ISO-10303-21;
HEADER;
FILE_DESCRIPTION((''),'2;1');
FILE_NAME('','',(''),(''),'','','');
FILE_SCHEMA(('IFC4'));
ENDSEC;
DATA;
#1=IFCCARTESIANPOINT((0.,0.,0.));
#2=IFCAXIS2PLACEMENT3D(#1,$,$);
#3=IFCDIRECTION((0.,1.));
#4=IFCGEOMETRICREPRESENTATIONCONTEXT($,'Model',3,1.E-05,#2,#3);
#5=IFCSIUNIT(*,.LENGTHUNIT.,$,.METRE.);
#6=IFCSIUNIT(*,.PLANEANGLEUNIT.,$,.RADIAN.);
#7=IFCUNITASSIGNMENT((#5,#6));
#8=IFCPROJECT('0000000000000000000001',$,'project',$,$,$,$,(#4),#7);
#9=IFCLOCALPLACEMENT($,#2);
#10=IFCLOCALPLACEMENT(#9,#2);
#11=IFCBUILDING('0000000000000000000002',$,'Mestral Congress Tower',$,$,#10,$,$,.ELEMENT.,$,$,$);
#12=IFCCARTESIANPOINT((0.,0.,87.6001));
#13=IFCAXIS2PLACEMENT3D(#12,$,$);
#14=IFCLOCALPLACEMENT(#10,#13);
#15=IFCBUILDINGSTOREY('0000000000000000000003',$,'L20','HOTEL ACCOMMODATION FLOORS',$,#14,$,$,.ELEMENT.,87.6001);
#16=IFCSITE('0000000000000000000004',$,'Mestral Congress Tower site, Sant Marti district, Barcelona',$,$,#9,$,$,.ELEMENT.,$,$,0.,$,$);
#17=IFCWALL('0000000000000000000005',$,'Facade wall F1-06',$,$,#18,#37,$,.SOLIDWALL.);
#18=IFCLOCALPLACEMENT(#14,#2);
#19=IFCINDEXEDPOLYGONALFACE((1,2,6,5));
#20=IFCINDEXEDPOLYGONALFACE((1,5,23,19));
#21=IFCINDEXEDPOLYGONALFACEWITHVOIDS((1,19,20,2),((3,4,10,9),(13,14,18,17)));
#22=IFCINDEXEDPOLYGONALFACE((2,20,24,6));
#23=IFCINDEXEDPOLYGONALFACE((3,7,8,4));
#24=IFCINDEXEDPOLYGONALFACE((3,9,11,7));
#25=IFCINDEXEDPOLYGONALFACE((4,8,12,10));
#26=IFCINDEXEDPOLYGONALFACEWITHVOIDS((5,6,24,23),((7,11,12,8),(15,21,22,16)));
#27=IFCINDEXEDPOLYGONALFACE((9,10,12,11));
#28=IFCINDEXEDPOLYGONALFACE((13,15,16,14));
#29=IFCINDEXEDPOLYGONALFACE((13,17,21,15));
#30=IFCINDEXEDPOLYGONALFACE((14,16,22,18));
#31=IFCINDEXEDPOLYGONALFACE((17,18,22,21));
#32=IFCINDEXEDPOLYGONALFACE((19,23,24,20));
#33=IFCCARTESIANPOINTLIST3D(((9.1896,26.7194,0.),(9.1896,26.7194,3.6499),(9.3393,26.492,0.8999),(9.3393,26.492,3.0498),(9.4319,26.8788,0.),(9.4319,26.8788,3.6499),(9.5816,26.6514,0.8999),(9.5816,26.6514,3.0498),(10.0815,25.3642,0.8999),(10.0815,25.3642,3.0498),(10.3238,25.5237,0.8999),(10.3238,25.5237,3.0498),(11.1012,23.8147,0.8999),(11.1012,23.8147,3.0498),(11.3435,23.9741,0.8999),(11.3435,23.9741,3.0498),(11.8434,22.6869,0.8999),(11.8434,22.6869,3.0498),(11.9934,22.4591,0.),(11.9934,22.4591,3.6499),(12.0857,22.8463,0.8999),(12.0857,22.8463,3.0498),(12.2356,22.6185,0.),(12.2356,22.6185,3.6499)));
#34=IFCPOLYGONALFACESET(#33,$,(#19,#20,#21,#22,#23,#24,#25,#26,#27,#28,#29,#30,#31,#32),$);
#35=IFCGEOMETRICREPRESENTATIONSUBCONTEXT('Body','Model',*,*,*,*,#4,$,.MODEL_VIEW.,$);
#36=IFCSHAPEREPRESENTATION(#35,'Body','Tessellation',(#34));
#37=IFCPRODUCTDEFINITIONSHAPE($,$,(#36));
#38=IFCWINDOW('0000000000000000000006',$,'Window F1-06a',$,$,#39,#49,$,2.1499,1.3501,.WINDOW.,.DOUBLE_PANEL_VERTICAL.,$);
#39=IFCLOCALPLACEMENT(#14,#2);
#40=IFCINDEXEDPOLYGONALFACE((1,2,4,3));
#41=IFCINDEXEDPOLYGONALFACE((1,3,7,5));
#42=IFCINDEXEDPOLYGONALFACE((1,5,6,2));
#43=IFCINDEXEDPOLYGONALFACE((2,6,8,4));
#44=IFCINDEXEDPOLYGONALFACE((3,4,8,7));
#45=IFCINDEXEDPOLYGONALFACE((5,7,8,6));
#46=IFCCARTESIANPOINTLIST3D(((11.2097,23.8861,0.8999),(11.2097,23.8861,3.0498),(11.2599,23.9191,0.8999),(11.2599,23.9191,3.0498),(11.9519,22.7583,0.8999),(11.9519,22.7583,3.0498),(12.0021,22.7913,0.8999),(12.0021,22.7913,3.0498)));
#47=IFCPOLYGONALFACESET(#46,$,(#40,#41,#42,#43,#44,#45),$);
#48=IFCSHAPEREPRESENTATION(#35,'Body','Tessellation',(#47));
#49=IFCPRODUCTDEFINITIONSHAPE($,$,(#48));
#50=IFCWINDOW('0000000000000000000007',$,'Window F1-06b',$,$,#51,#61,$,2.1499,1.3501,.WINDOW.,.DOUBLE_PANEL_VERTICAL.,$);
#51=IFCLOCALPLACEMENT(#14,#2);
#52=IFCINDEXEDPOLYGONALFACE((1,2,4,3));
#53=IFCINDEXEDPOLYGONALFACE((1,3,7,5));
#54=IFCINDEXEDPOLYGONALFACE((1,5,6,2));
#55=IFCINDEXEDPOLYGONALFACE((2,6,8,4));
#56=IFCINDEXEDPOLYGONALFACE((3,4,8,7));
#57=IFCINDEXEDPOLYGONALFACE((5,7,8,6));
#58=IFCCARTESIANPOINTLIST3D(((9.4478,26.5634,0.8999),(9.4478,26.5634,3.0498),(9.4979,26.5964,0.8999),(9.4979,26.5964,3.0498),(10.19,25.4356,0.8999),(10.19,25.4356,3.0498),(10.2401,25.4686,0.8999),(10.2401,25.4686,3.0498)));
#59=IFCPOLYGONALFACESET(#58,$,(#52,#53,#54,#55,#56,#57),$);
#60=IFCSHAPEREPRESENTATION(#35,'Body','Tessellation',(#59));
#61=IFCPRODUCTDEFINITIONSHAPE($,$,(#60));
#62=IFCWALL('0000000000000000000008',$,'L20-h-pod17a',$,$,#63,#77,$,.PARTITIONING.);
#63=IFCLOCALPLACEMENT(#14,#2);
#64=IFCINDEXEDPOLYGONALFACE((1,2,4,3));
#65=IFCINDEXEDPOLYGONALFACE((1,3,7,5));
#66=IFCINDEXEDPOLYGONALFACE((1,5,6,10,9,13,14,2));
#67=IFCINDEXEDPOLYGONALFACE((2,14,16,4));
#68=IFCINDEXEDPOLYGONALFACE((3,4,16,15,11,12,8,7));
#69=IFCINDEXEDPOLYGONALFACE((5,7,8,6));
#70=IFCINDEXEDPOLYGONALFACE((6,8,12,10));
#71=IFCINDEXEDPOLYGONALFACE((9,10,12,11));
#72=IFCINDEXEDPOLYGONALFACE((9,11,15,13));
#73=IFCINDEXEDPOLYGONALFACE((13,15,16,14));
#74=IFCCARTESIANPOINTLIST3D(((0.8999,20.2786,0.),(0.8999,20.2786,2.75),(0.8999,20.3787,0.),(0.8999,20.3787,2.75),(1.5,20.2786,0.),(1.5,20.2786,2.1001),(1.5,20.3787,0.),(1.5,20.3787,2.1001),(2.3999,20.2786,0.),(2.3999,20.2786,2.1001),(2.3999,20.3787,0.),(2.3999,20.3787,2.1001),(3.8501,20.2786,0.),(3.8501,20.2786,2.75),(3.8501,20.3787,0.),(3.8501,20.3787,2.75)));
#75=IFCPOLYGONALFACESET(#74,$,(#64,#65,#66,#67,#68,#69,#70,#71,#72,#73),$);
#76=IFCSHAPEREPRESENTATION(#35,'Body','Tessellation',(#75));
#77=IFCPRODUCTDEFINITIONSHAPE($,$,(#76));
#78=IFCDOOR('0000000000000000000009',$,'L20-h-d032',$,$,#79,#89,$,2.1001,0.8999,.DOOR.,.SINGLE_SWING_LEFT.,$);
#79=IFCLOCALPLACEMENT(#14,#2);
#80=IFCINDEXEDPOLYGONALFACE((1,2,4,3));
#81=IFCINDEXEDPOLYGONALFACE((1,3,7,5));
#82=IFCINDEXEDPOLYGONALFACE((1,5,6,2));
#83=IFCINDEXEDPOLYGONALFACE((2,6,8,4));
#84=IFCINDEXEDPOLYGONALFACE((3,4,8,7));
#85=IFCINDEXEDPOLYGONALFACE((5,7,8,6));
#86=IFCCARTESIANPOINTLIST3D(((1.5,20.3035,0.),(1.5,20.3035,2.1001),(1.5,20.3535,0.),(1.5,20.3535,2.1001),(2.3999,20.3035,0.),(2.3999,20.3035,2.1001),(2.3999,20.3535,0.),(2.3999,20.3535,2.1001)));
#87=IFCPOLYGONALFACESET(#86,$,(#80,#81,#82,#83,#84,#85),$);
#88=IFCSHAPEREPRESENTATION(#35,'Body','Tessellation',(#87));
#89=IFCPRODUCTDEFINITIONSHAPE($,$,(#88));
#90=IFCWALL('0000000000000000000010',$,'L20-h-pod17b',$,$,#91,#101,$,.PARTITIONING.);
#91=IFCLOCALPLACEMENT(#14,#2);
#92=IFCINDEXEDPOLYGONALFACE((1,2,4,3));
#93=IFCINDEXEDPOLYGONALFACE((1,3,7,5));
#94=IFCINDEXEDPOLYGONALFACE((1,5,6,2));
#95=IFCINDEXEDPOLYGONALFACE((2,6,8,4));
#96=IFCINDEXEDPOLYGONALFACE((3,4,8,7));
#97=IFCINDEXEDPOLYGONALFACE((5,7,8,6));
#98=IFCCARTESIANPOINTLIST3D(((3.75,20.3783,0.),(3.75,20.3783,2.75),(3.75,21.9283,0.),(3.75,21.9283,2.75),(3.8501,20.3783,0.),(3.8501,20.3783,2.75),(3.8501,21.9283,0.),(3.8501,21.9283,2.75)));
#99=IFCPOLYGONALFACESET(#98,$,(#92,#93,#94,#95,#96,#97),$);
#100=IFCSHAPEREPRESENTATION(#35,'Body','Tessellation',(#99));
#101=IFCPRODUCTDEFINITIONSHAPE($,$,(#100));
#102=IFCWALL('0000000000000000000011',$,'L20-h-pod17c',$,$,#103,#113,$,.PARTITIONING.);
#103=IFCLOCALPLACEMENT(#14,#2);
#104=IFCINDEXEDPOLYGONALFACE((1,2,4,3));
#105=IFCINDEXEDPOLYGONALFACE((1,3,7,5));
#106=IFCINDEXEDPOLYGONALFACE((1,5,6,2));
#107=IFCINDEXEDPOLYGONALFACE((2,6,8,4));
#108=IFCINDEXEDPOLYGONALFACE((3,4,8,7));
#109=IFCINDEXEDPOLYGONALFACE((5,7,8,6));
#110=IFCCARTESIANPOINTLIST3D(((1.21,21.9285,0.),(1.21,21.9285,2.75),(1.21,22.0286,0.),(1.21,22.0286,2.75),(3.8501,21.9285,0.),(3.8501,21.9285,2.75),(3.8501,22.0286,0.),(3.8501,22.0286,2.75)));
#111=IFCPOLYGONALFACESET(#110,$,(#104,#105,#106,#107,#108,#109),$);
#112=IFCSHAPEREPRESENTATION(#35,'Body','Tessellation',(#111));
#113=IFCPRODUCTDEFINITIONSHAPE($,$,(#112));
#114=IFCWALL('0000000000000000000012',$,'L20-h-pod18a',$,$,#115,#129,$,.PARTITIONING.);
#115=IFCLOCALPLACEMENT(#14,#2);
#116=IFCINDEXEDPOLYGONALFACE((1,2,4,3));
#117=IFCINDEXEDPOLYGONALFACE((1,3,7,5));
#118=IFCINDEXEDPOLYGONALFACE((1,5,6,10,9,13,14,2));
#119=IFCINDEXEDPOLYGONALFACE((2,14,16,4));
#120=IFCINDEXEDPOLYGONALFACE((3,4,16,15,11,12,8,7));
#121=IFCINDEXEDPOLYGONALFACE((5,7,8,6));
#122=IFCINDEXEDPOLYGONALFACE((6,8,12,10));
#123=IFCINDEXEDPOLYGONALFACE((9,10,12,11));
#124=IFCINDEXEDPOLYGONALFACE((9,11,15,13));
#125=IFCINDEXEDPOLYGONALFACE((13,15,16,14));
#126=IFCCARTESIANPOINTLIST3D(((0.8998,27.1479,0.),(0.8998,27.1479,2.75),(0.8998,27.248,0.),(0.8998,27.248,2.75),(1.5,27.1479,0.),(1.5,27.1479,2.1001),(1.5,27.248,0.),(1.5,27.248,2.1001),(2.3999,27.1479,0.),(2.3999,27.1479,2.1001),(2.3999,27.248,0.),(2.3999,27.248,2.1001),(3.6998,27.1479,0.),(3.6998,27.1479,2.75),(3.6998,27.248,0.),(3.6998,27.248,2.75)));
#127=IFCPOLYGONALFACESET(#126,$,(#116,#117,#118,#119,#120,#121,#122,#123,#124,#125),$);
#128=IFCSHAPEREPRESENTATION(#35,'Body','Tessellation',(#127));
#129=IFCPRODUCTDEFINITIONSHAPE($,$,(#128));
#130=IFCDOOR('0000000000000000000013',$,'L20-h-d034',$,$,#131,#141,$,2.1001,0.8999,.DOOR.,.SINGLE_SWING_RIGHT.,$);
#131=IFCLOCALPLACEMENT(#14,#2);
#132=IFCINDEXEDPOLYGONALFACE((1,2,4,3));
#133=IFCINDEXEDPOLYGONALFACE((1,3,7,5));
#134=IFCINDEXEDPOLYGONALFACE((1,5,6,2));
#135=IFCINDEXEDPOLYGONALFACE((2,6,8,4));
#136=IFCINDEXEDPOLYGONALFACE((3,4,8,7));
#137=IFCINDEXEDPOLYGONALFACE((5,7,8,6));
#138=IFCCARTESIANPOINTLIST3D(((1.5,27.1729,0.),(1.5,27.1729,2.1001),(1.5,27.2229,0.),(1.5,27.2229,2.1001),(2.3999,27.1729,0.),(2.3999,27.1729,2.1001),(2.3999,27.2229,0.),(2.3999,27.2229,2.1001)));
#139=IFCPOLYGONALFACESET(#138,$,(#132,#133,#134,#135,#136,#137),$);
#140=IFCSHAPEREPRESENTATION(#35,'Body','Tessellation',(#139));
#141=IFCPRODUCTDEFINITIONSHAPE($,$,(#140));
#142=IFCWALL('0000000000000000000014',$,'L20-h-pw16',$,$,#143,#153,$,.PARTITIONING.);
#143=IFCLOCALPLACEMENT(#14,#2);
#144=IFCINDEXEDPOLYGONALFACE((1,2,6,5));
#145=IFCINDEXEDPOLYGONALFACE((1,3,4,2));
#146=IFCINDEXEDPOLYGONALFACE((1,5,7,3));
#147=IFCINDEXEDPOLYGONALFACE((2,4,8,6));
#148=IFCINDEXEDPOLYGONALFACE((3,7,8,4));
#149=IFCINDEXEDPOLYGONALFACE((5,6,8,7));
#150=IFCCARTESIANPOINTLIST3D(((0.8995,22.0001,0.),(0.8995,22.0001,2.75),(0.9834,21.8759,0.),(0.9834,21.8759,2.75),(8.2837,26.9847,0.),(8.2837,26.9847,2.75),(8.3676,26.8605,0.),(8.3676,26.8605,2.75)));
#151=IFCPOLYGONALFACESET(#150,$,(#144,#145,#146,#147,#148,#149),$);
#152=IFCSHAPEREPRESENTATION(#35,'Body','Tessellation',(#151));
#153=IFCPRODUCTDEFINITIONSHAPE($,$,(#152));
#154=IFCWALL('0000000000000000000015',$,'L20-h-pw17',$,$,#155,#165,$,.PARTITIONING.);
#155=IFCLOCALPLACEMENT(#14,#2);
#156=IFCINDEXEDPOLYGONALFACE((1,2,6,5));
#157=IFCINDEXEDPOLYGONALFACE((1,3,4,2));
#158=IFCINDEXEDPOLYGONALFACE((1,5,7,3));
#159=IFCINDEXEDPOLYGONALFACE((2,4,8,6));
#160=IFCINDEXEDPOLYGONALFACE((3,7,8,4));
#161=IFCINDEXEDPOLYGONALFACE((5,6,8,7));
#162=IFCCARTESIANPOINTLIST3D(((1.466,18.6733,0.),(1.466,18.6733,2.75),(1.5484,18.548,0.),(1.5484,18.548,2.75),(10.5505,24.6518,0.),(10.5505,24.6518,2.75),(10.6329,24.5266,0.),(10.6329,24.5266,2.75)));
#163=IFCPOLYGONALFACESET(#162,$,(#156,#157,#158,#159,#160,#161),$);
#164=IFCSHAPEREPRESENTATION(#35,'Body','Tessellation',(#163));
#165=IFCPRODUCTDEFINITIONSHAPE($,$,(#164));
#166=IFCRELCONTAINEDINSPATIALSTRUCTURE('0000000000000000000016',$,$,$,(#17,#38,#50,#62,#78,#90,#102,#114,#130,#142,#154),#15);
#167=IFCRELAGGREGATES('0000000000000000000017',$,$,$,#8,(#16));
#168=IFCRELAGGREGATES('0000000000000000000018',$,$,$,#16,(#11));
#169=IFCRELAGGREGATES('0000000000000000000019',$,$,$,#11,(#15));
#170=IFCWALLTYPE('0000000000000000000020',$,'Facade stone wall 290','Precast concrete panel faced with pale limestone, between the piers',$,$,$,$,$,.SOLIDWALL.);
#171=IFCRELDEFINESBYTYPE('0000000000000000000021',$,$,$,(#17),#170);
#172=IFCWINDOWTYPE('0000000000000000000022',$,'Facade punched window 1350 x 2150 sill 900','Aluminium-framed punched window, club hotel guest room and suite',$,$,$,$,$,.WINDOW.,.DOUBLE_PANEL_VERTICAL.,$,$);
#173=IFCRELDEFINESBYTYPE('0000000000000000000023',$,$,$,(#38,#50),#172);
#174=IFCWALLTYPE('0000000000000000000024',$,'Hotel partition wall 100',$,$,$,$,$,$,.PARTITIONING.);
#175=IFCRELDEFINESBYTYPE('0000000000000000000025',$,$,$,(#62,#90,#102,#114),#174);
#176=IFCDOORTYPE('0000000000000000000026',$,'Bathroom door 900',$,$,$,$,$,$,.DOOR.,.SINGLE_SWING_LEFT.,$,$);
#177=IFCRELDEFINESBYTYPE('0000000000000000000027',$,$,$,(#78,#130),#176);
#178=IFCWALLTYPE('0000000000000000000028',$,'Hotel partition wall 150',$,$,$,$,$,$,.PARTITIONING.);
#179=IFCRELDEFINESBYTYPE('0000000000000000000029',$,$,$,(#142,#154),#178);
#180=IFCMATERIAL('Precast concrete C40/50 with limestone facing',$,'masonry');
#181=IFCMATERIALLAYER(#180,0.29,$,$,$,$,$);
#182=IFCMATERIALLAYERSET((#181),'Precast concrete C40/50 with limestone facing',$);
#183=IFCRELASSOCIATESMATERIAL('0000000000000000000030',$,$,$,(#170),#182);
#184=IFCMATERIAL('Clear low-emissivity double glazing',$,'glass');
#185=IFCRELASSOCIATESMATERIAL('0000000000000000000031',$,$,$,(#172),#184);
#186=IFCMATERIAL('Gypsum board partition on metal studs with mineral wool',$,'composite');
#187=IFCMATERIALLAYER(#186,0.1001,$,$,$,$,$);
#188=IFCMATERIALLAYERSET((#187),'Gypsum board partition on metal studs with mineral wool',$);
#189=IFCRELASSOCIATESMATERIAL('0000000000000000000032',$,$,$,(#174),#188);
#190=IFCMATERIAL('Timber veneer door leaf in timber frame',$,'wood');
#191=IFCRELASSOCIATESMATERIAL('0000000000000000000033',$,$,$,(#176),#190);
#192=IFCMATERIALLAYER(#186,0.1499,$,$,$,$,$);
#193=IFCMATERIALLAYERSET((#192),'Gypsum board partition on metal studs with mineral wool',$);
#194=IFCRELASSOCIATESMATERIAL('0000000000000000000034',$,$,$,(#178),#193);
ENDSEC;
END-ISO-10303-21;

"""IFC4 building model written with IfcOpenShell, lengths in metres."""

from ifc_helpers import new_model, si_unit, direction, frame, frame_2d, origin, place, context, subcontext, project, spatial, rectangle, extrude, material, layer, layer_set, type_object, element, fill, save


model = new_model("IFC4")

# Units and contexts
model_context = context("Model", 3, precision=1e-05, world=origin(), true_north=direction((0.0, 1.0)))
body_context = subcontext(model_context, "Body", "Model", "MODEL_VIEW")
ifc_project = project(units=[si_unit("LENGTHUNIT", "METRE"), si_unit("PLANEANGLEUNIT", "RADIAN")], contexts=[model_context])

# Site, building, storey
site_placement = place(None, origin())
site = spatial("IfcSite", under=ifc_project, at=site_placement, Name="Mestral Congress Tower site, Sant Marti district, Barcelona", CompositionType="ELEMENT", RefElevation=0.0)
building_placement = place(site_placement, origin())
building = spatial("IfcBuilding", under=site, at=building_placement, Name="Mestral Congress Tower", CompositionType="ELEMENT")
storey_placement = place(building_placement, frame((0.0, 0.0, 87.6001)))
storey = spatial("IfcBuildingStorey", under=building, at=storey_placement, Name="L20", Description="HOTEL ACCOMMODATION FLOORS", CompositionType="ELEMENT", Elevation=87.6001)

# Wall, openings, windows
ifc_material_1 = material(Name="Precast concrete C40/50 with limestone facing", Category="masonry")
ifc_layer_1 = layer(ifc_material_1, 0.29)
ifc_layer_set_1 = layer_set([ifc_layer_1], Name="Precast concrete C40/50 with limestone facing")
wall_type_1 = type_object("IfcWallType", Name="Facade stone wall 290", Description="Precast concrete panel faced with pale limestone, between the piers", PredefinedType="SOLIDWALL", material=ifc_layer_set_1)
wall_1_placement = place(storey_placement, frame((12.1145, 22.5388, 0.0), z_axis=(0.0, 0.0, 1.0), x_axis=(-0.549741, 0.835335, 0.0)))
wall_1 = element("IfcWall", 1, at=wall_1_placement, inside=storey, type_object=wall_type_1, Name="Facade wall F1-06", PredefinedType="SOLIDWALL", context=body_context, shape_type="SweptSolid", body=[
    extrude(rectangle(XDim=5.1001, YDim=0.29, at=frame_2d((2.55, 0.0))), origin(), (0.0, 0.0, 1.0), 3.6499),
])
opening_1_placement = place(wall_1_placement, frame((0.2727, 0.0, 0.8999)))
opening_1 = element("IfcOpeningElement", 2, at=opening_1_placement, cuts=wall_1, PredefinedType="OPENING", context=body_context, shape_type="SweptSolid", body=[
    extrude(rectangle(XDim=1.3501, YDim=2.1499, at=frame_2d((0.675, 1.075))), frame((0.0, 0.155, 0.0), z_axis=(0.0, -1.0, 0.0), x_axis=(1.0, 0.0, 0.0)), (0.0, 0.0, 1.0), 0.3101),
])
opening_2_placement = place(wall_1_placement, frame((3.4778, 0.0, 0.8999)))
opening_2 = element("IfcOpeningElement", 3, at=opening_2_placement, cuts=wall_1, PredefinedType="OPENING", context=body_context, shape_type="SweptSolid", body=[
    extrude(rectangle(XDim=1.3501, YDim=2.1499, at=frame_2d((0.675, 1.075))), frame((0.0, 0.155, 0.0), z_axis=(0.0, -1.0, 0.0), x_axis=(1.0, 0.0, 0.0)), (0.0, 0.0, 1.0), 0.3101),
])
ifc_material_2 = material(Name="Clear low-emissivity double glazing", Category="glass")
window_type = type_object("IfcWindowType", Name="Facade punched window 1350 x 2150 sill 900", Description="Aluminium-framed punched window, club hotel guest room and suite", PartitioningType="DOUBLE_PANEL_VERTICAL", PredefinedType="WINDOW", material=ifc_material_2)
window_1_placement = place(opening_1_placement, origin())
window_1 = element("IfcWindow", 4, at=window_1_placement, inside=storey, type_object=window_type, Name="Window F1-06a", OverallHeight=2.1499, OverallWidth=1.3501, PartitioningType="DOUBLE_PANEL_VERTICAL", PredefinedType="WINDOW", context=body_context, shape_type="SweptSolid", body=[
    extrude(rectangle(XDim=1.3501, YDim=2.1499, at=frame_2d((0.675, 1.075))), frame((0.0, 0.0151, 0.0), z_axis=(0.0, -1.0, 0.0), x_axis=(1.0, 0.0, 0.0)), (0.0, 0.0, 1.0), 0.0601),
])
fill(opening_1, window_1)
window_2_placement = place(opening_2_placement, origin())
window_2 = element("IfcWindow", 5, at=window_2_placement, inside=storey, type_object=window_type, Name="Window F1-06b", OverallHeight=2.1499, OverallWidth=1.3501, PartitioningType="DOUBLE_PANEL_VERTICAL", PredefinedType="WINDOW", context=body_context, shape_type="SweptSolid", body=[
    extrude(rectangle(XDim=1.3501, YDim=2.1499, at=frame_2d((0.675, 1.075))), frame((0.0, 0.0151, 0.0), z_axis=(0.0, -1.0, 0.0), x_axis=(1.0, 0.0, 0.0)), (0.0, 0.0, 1.0), 0.0601),
])
fill(opening_2, window_2)

# Wall, opening, door
ifc_material_3 = material(Name="Gypsum board partition on metal studs with mineral wool", Category="composite")
ifc_layer_2 = layer(ifc_material_3, 0.1001)
ifc_layer_set_2 = layer_set([ifc_layer_2], Name="Gypsum board partition on metal studs with mineral wool")
wall_type_2 = type_object("IfcWallType", Name="Hotel partition wall 100", PredefinedType="PARTITIONING", material=ifc_layer_set_2)
wall_2_placement = place(storey_placement, frame((0.8999, 20.3286, 0.0), z_axis=(0.0, 0.0, 1.0), x_axis=(1.0, 0.0, 0.0)))
wall_2 = element("IfcWall", 6, at=wall_2_placement, inside=storey, type_object=wall_type_2, Name="L20-h-pod17a", PredefinedType="PARTITIONING", context=body_context, shape_type="SweptSolid", body=[
    extrude(rectangle(XDim=2.9502, YDim=0.1001, at=frame_2d((1.4751, 0.0))), origin(), (0.0, 0.0, 1.0), 2.75),
])
opening_3_placement = place(wall_2_placement, frame((0.6001, 0.0, 0.0)))
opening_3 = element("IfcOpeningElement", 7, at=opening_3_placement, cuts=wall_2, PredefinedType="OPENING", context=body_context, shape_type="SweptSolid", body=[
    extrude(rectangle(XDim=0.8999, YDim=2.1001, at=frame_2d((0.45, 1.05))), frame((0.0, 0.0601, 0.0), z_axis=(0.0, -1.0, 0.0), x_axis=(1.0, 0.0, 0.0)), (0.0, 0.0, 1.0), 0.1201),
])
ifc_material_4 = material(Name="Timber veneer door leaf in timber frame", Category="wood")
door_type = type_object("IfcDoorType", Name="Bathroom door 900", OperationType="SINGLE_SWING_LEFT", PredefinedType="DOOR", material=ifc_material_4)
door_1_placement = place(opening_3_placement, origin())
door_1 = element("IfcDoor", 8, at=door_1_placement, inside=storey, type_object=door_type, Name="L20-h-d032", OperationType="SINGLE_SWING_LEFT", OverallHeight=2.1001, OverallWidth=0.8999, PredefinedType="DOOR", context=body_context, shape_type="SweptSolid", body=[
    extrude(rectangle(XDim=0.8999, YDim=2.1001, at=frame_2d((0.45, 1.05))), frame((0.0, 0.0249, 0.0), z_axis=(0.0, -1.0, 0.0), x_axis=(1.0, 0.0, 0.0)), (0.0, 0.0, 1.0), 0.05),
])
fill(opening_3, door_1)

# Walls
wall_3_placement = place(storey_placement, frame((3.8, 20.3784, 0.0), z_axis=(0.0, 0.0, 1.0), x_axis=(0.0, 1.0, 0.0)))
element("IfcWall", 9, at=wall_3_placement, inside=storey, type_object=wall_type_2, Name="L20-h-pod17b", PredefinedType="PARTITIONING", context=body_context, shape_type="SweptSolid", body=[
    extrude(rectangle(XDim=1.55, YDim=0.1001, at=frame_2d((0.7749, 0.0))), origin(), (0.0, 0.0, 1.0), 2.75),
])
wall_4_placement = place(storey_placement, frame((1.21, 21.9785, 0.0), z_axis=(0.0, 0.0, 1.0), x_axis=(1.0, 0.0, 0.0)))
element("IfcWall", 10, at=wall_4_placement, inside=storey, type_object=wall_type_2, Name="L20-h-pod17c", PredefinedType="PARTITIONING", context=body_context, shape_type="SweptSolid", body=[
    extrude(rectangle(XDim=2.6401, YDim=0.1001, at=frame_2d((1.3201, 0.0))), origin(), (0.0, 0.0, 1.0), 2.75),
])

# Wall, opening, door
wall_5_placement = place(storey_placement, frame((0.8999, 27.198, 0.0), z_axis=(0.0, 0.0, 1.0), x_axis=(1.0, 0.0, 0.0)))
wall_5 = element("IfcWall", 11, at=wall_5_placement, inside=storey, type_object=wall_type_2, Name="L20-h-pod18a", PredefinedType="PARTITIONING", context=body_context, shape_type="SweptSolid", body=[
    extrude(rectangle(XDim=2.8, YDim=0.1001, at=frame_2d((1.3999, 0.0))), origin(), (0.0, 0.0, 1.0), 2.75),
])
opening_4_placement = place(wall_5_placement, frame((0.6001, 0.0, 0.0)))
opening_4 = element("IfcOpeningElement", 12, at=opening_4_placement, cuts=wall_5, PredefinedType="OPENING", context=body_context, shape_type="SweptSolid", body=[
    extrude(rectangle(XDim=0.8999, YDim=2.1001, at=frame_2d((0.45, 1.05))), frame((0.0, 0.0601, 0.0), z_axis=(0.0, -1.0, 0.0), x_axis=(1.0, 0.0, 0.0)), (0.0, 0.0, 1.0), 0.1201),
])
door_2_placement = place(opening_4_placement, origin())
door_2 = element("IfcDoor", 13, at=door_2_placement, inside=storey, type_object=door_type, Name="L20-h-d034", OperationType="SINGLE_SWING_RIGHT", OverallHeight=2.1001, OverallWidth=0.8999, PredefinedType="DOOR", context=body_context, shape_type="SweptSolid", body=[
    extrude(rectangle(XDim=0.8999, YDim=2.1001, at=frame_2d((0.45, 1.05))), frame((0.0, 0.0249, 0.0), z_axis=(0.0, -1.0, 0.0), x_axis=(1.0, 0.0, 0.0)), (0.0, 0.0, 1.0), 0.05),
])
fill(opening_4, door_2)

# Walls
ifc_layer_3 = layer(ifc_material_3, 0.1499)
ifc_layer_set_3 = layer_set([ifc_layer_3], Name="Gypsum board partition on metal studs with mineral wool")
wall_type_3 = type_object("IfcWallType", Name="Hotel partition wall 150", PredefinedType="PARTITIONING", material=ifc_layer_set_3)
wall_6_placement = place(storey_placement, frame((8.3257, 26.9226, 0.0), z_axis=(0.0, 0.0, 1.0), x_axis=(-0.828837, -0.559491, 0.0)))
element("IfcWall", 14, at=wall_6_placement, inside=storey, type_object=wall_type_3, Name="L20-h-pw16", PredefinedType="PARTITIONING", context=body_context, shape_type="SweptSolid", body=[
    extrude(rectangle(XDim=8.9092, YDim=0.1499, at=frame_2d((4.4546, 0.0))), origin(), (0.0, 0.0, 1.0), 2.75),
])
wall_7_placement = place(storey_placement, frame((10.5916, 24.5891, 0.0), z_axis=(0.0, 0.0, 1.0), x_axis=(-0.835337, -0.549738, 0.0)))
element("IfcWall", 15, at=wall_7_placement, inside=storey, type_object=wall_type_3, Name="L20-h-pw17", PredefinedType="PARTITIONING", context=body_context, shape_type="SweptSolid", body=[
    extrude(rectangle(XDim=10.8752, YDim=0.1499, at=frame_2d((5.4375, 0.0))), origin(), (0.0, 0.0, 1.0), 2.75),
])

save(model, "model.ifc")
